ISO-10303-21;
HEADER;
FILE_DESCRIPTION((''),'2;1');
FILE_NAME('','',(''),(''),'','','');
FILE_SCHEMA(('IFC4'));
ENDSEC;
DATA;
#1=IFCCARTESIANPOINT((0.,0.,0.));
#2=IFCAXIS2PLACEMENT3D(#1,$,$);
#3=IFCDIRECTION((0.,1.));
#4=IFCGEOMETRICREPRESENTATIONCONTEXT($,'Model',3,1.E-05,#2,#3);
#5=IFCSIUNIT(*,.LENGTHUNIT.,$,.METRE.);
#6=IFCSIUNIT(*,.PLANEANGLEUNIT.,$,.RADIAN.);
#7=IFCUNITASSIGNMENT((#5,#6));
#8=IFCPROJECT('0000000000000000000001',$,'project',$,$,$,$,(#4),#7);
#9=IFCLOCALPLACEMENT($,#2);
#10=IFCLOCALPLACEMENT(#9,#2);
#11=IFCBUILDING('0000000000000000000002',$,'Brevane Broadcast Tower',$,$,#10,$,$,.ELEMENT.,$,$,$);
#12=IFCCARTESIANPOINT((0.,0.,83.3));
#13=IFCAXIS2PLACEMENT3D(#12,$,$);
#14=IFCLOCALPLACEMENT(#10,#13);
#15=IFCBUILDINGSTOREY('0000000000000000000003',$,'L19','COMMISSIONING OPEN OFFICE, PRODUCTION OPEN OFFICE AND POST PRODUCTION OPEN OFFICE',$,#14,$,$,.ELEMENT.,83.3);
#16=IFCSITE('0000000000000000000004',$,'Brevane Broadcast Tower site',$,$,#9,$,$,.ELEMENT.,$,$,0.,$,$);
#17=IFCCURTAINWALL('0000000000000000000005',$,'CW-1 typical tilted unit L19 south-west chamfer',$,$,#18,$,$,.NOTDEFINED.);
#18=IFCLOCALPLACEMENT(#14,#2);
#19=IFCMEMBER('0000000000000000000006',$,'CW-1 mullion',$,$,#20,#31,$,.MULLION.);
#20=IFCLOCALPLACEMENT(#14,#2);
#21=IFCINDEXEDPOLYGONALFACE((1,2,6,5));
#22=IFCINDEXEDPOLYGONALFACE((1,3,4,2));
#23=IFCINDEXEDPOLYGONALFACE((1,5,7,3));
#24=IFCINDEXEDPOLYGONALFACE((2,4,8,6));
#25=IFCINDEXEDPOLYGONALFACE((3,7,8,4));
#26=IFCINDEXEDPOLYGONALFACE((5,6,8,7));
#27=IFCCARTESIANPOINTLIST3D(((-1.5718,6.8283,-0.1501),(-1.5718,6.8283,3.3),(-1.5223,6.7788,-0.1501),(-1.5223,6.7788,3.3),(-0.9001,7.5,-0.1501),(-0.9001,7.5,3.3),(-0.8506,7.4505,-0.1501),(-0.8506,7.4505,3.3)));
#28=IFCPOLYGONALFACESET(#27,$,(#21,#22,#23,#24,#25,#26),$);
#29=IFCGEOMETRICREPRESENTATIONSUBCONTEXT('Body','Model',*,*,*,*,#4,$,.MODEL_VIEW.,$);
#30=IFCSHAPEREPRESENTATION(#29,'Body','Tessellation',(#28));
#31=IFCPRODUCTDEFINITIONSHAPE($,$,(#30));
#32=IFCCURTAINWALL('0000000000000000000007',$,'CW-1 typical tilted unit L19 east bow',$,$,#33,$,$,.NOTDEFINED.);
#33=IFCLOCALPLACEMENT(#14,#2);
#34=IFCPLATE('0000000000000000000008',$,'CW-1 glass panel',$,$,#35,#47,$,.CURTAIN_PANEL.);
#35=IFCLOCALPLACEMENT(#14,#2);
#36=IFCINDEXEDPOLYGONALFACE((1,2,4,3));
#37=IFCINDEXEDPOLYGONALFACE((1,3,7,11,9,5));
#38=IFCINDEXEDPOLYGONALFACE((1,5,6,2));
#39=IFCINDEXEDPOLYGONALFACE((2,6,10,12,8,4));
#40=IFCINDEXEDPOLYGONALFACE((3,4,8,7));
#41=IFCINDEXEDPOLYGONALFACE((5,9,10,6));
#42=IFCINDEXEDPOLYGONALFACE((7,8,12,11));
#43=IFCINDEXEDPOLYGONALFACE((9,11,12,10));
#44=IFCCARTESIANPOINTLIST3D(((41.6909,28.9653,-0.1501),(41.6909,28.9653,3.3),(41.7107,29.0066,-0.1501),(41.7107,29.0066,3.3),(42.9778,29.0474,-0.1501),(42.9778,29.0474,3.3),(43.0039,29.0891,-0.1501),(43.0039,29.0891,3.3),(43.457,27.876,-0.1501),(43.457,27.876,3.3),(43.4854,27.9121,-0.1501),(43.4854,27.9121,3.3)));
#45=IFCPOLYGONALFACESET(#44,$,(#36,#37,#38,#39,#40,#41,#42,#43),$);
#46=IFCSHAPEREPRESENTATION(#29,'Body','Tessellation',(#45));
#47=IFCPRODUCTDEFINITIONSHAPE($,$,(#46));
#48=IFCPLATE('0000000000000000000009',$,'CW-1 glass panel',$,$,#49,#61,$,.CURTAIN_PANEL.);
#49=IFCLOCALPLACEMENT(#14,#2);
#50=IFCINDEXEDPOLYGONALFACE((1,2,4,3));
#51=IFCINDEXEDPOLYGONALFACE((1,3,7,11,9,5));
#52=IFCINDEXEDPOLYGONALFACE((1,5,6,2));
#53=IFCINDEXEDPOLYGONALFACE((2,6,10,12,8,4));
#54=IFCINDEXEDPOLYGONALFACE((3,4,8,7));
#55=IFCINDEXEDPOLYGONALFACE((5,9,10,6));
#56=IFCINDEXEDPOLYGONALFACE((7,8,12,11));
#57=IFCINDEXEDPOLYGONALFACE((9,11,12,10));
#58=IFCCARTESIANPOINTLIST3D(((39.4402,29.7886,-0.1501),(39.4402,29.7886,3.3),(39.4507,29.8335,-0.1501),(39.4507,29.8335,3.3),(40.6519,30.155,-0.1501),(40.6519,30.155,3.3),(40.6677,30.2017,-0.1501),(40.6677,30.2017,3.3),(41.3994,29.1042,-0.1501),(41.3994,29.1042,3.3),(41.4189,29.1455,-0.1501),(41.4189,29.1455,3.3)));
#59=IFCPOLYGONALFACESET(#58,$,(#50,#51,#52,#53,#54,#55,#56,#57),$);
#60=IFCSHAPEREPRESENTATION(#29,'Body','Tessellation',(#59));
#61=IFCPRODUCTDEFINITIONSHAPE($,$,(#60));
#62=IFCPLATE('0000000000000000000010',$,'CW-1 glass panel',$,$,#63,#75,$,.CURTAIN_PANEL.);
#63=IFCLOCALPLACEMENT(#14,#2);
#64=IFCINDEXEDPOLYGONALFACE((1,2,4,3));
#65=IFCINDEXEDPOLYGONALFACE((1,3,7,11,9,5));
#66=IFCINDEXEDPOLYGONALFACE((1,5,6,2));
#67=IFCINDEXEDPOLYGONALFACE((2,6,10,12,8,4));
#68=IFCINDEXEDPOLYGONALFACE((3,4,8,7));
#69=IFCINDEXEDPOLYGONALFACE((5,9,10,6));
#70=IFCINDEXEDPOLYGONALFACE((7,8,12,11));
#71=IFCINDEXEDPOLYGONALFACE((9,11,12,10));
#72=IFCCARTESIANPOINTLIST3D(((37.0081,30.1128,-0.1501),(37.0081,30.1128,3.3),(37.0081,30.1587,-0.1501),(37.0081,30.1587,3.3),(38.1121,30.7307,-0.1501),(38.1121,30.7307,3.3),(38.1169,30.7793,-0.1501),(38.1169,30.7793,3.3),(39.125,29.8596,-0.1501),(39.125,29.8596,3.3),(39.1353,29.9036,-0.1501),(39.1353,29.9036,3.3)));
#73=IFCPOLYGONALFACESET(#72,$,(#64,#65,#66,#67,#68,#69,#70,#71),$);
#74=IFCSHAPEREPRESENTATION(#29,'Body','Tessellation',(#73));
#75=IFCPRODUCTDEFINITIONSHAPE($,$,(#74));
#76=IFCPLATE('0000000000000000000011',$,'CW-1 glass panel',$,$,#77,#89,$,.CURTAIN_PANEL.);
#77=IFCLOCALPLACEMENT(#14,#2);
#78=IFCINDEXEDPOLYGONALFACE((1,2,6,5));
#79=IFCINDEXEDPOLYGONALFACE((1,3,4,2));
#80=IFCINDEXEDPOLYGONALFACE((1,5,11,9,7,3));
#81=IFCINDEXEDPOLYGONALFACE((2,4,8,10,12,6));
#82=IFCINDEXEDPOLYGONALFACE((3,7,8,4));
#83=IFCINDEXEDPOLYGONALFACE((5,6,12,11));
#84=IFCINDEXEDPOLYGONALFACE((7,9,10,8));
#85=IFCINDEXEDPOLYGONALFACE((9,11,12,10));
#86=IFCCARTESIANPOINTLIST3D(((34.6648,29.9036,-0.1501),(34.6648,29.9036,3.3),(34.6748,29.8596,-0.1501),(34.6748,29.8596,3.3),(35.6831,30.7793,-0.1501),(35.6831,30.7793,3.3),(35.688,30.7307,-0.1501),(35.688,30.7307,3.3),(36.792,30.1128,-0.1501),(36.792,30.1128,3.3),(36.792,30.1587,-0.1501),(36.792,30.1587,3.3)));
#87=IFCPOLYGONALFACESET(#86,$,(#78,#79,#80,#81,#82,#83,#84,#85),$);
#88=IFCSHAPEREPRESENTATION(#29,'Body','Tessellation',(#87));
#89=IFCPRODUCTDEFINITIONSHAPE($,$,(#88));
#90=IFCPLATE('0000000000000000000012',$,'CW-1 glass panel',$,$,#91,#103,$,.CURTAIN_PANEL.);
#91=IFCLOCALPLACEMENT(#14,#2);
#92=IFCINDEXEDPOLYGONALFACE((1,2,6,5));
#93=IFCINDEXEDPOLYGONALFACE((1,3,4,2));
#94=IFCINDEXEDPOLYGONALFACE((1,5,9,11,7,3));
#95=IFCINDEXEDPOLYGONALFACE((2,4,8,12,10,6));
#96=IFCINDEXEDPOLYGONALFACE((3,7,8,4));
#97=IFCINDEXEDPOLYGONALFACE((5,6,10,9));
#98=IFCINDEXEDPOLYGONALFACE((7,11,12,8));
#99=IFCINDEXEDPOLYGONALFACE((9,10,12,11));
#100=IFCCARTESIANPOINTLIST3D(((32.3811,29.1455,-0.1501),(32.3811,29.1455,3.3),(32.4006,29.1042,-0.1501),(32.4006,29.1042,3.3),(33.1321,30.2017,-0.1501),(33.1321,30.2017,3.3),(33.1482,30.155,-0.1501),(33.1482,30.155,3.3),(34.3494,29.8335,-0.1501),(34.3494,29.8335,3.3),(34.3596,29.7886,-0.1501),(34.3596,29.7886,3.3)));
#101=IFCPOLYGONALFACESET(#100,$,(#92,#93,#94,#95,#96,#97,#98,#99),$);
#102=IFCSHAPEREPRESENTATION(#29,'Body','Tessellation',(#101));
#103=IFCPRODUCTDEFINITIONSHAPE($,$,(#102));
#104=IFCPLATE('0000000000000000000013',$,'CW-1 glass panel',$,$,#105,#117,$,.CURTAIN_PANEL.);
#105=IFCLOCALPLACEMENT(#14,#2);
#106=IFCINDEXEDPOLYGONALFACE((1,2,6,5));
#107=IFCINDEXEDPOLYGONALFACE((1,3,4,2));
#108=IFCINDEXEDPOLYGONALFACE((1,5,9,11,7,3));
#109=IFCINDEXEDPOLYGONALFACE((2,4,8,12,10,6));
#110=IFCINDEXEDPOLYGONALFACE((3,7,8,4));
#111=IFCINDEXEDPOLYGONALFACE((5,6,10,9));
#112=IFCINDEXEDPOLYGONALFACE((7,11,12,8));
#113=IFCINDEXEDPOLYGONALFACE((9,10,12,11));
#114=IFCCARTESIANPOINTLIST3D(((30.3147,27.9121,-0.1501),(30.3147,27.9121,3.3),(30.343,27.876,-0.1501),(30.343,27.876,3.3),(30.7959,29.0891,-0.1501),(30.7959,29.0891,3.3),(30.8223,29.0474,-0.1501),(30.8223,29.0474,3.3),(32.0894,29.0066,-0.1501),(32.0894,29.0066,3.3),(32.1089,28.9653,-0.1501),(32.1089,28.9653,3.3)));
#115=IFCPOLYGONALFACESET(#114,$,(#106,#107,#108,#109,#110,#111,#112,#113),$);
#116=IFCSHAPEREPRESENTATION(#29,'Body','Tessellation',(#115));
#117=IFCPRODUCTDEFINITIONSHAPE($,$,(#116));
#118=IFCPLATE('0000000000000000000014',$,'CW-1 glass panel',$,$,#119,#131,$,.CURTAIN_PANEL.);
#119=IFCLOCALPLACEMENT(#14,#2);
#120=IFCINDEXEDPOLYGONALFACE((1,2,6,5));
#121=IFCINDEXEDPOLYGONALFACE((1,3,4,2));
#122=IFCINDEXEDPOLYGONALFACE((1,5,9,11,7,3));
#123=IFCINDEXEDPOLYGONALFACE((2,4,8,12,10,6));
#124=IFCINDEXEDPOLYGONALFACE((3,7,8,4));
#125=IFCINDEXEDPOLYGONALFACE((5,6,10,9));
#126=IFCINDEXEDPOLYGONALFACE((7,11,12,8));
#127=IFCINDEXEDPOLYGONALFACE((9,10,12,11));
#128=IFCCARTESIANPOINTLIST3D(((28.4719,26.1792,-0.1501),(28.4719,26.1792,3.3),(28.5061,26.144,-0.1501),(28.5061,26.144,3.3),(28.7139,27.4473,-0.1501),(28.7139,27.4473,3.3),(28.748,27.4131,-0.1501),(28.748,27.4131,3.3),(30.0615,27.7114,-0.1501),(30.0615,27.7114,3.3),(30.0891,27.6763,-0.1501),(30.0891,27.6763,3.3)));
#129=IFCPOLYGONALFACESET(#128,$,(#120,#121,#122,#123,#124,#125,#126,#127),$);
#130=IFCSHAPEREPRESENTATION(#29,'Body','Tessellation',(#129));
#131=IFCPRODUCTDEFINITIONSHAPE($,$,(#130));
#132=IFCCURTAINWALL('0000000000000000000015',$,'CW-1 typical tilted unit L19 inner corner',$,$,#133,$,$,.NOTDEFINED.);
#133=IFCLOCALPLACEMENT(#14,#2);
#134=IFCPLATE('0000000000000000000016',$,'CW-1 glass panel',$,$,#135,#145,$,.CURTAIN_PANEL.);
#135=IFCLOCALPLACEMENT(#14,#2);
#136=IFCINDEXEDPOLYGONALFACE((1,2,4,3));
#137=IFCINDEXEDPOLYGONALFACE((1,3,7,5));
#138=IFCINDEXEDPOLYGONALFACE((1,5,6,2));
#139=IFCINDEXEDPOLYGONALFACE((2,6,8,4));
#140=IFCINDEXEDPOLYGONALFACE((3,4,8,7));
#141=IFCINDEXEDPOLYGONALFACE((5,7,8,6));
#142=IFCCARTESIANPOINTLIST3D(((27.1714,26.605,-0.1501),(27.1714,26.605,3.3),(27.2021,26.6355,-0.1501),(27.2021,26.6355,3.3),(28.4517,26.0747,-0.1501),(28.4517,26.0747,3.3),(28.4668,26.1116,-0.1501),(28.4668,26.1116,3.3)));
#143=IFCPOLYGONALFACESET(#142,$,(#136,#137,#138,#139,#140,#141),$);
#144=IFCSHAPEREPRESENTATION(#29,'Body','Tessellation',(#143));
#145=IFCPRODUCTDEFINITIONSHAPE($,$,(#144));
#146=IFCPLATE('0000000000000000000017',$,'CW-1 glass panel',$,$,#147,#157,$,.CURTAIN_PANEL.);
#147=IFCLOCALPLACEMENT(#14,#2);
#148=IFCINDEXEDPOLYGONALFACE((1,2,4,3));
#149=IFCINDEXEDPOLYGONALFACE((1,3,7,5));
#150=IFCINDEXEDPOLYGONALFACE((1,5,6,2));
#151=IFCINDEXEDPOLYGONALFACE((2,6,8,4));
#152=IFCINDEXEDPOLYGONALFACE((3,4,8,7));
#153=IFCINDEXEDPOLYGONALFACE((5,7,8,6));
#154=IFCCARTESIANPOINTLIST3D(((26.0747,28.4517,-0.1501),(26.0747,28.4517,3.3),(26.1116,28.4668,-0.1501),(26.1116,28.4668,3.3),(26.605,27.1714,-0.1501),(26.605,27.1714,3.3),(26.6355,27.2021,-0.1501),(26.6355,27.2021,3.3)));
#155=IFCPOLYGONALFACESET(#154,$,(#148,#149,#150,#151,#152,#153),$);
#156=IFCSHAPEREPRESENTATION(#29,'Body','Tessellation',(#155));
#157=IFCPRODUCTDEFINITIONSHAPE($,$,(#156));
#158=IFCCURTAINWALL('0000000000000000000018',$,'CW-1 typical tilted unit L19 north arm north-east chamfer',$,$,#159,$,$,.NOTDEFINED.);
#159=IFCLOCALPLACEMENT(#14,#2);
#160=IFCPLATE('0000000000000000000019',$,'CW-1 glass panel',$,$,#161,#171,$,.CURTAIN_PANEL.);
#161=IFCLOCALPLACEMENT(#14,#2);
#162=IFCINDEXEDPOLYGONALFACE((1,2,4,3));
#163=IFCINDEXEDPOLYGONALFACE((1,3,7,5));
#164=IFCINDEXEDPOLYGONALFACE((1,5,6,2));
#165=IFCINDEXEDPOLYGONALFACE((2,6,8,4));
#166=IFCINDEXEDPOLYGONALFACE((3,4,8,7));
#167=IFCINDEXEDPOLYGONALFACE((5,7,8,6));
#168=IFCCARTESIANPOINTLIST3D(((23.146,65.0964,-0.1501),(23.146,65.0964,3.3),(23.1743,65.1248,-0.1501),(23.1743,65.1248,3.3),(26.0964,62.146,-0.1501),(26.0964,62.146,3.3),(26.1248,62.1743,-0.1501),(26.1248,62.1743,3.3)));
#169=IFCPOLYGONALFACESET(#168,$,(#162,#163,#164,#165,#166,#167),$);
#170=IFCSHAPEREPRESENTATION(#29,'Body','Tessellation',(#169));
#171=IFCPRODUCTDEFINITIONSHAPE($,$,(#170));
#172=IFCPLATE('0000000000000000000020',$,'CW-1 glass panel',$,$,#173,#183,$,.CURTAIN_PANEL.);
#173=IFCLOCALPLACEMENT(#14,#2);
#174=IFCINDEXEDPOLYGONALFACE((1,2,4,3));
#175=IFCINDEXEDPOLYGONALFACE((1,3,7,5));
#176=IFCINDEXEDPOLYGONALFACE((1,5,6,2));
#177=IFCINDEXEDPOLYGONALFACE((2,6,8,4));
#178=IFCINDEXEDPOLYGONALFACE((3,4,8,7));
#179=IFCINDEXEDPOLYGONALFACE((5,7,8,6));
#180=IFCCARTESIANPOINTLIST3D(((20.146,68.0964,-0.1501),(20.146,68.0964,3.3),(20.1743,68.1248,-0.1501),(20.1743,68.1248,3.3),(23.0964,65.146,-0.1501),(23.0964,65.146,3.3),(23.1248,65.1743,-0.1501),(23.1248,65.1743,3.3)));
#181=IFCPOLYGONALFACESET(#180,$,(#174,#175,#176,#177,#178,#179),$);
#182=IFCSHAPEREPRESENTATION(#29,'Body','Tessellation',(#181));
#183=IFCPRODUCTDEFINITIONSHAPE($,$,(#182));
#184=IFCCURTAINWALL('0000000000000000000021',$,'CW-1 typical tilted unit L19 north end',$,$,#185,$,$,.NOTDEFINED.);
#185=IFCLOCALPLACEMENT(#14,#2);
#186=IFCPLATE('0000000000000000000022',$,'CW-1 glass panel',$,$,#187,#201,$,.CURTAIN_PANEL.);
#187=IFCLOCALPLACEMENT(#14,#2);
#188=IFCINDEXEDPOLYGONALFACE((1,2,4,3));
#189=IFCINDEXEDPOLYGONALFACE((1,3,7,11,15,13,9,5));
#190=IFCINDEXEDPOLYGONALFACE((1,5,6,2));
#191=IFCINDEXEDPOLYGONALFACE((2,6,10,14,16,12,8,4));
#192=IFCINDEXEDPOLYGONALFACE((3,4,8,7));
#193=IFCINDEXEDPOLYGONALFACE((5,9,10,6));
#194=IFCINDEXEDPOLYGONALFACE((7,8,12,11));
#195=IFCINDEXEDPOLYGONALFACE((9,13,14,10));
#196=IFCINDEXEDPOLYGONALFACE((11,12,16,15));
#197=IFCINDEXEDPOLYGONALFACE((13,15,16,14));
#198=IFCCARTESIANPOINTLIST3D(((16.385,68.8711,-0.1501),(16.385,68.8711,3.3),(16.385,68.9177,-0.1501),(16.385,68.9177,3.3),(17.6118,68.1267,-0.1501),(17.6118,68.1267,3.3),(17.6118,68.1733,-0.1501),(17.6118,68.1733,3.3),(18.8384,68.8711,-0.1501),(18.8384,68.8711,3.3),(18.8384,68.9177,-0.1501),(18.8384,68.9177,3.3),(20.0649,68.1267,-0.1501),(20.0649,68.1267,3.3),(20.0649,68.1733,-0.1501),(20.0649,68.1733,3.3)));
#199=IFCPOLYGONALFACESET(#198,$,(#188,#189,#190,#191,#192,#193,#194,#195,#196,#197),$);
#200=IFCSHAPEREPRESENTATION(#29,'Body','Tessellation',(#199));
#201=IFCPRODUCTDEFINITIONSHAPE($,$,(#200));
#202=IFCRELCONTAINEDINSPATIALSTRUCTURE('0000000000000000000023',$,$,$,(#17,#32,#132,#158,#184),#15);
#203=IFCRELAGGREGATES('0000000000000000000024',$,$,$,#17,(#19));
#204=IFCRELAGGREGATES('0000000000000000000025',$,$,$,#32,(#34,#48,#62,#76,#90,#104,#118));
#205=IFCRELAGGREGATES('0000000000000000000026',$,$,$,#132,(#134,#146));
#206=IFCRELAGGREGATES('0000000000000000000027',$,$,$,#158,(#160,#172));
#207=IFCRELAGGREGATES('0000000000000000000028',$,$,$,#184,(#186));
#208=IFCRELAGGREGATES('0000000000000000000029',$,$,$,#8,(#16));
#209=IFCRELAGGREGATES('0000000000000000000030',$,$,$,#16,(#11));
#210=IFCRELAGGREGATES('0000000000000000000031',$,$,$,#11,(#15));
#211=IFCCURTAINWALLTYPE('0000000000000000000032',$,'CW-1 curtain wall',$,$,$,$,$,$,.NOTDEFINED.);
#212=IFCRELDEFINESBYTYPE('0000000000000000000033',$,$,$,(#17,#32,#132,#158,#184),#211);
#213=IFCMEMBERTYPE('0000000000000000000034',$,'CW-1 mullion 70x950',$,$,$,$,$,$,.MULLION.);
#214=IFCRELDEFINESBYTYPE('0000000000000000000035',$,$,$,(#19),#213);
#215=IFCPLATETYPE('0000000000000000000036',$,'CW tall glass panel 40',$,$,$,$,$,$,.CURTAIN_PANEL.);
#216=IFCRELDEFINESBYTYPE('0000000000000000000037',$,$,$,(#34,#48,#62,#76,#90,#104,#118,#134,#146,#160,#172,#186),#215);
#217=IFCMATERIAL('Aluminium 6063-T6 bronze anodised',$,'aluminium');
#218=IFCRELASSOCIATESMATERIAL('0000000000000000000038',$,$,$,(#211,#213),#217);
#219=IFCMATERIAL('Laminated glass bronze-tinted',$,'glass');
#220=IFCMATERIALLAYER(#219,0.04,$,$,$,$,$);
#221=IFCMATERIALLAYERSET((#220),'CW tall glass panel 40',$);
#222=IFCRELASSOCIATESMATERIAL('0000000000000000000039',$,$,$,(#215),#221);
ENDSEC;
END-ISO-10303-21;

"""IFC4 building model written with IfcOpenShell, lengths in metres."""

from ifc_helpers import new_model, si_unit, direction, frame, origin, origin_2d, place, context, subcontext, project, spatial, polyline, rectangle, outline, extrude, material, layer, layer_set, material_profile, profile_set, type_object, element, aggregate, save


model = new_model("IFC4")

# Units and contexts
model_context = context("Model", 3, precision=1e-05, world=origin(), true_north=direction((0.0, 1.0)))
body_context = subcontext(model_context, "Body", "Model", "MODEL_VIEW")
ifc_project = project(units=[si_unit("LENGTHUNIT", "METRE"), si_unit("PLANEANGLEUNIT", "RADIAN")], contexts=[model_context])

# Site, building, storey
site_placement = place(None, origin())
site = spatial("IfcSite", under=ifc_project, at=site_placement, Name="Brevane Broadcast Tower site", CompositionType="ELEMENT", RefElevation=0.0)
building_placement = place(site_placement, origin())
building = spatial("IfcBuilding", under=site, at=building_placement, Name="Brevane Broadcast Tower", CompositionType="ELEMENT")
storey_placement = place(building_placement, frame((0.0, 0.0, 83.3)))
storey = spatial("IfcBuildingStorey", under=building, at=storey_placement, Name="L19", Description="COMMISSIONING OPEN OFFICE, PRODUCTION OPEN OFFICE AND POST PRODUCTION OPEN OFFICE", CompositionType="ELEMENT", Elevation=83.3)

# Curtain wall, member
ifc_material_1 = material(Name="Aluminium 6063-T6 bronze anodised", Category="aluminium")
curtain_wall_type = type_object("IfcCurtainWallType", Name="CW-1 curtain wall", PredefinedType="NOTDEFINED", material=ifc_material_1)
curtain_wall_1_placement = place(storey_placement, origin())
curtain_wall_1 = element("IfcCurtainWall", 1, at=curtain_wall_1_placement, inside=storey, type_object=curtain_wall_type, Name="CW-1 typical tilted unit L19 south-west chamfer", PredefinedType="NOTDEFINED")
ifc_material_profile = material_profile(ifc_material_1, rectangle(XDim=0.95, YDim=0.0701, at=origin_2d()), Name="RECT 70x950")
ifc_profile_set = profile_set([ifc_material_profile], Name="Aluminium 6063-T6 bronze anodised")
member_type = type_object("IfcMemberType", Name="CW-1 mullion 70x950", PredefinedType="MULLION", material=ifc_profile_set)
member_placement = place(storey_placement, frame((-1.2112, 7.1394, -0.1501), z_axis=(0.0, 0.0, 1.0), x_axis=(0.707107, 0.707107, 0.0)))
member = element("IfcMember", 2, at=member_placement, type_object=member_type, Name="CW-1 mullion", PredefinedType="MULLION", context=body_context, shape_type="SweptSolid", body=[
    extrude(rectangle(XDim=0.95, YDim=0.0701, at=origin_2d()), origin(), (0.0, 0.0, 1.0), 3.4502),
])
aggregate(curtain_wall_1, [member])

# Curtain walls, plates
curtain_wall_2_placement = place(storey_placement, origin())
curtain_wall_2 = element("IfcCurtainWall", 3, at=curtain_wall_2_placement, inside=storey, type_object=curtain_wall_type, Name="CW-1 typical tilted unit L19 east bow", PredefinedType="NOTDEFINED")
ifc_material_2 = material(Name="Laminated glass bronze-tinted", Category="glass")
ifc_layer_1 = layer(ifc_material_2, 0.04)
ifc_layer_set_1 = layer_set([ifc_layer_1], Name="CW tall glass panel 40")
plate_type = type_object("IfcPlateType", Name="CW tall glass panel 40", PredefinedType="CURTAIN_PANEL", material=ifc_layer_set_1)
plate_1_placement = place(storey_placement, frame((0.0, 0.0, -0.1501)))
plate_1 = element("IfcPlate", 4, at=plate_1_placement, type_object=plate_type, Name="CW-1 glass panel", PredefinedType="CURTAIN_PANEL", context=body_context, shape_type="SweptSolid", body=[
    extrude(outline(polyline([(43.457, 27.876), (43.4854, 27.9121), (43.0039, 29.0891), (41.7107, 29.0066), (41.6909, 28.9653), (42.9778, 29.0474), (43.457, 27.876)])), origin(), (0.0, 0.0, 1.0), 3.4502),
])
plate_2_placement = place(storey_placement, frame((0.0, 0.0, -0.1501)))
plate_2 = element("IfcPlate", 5, at=plate_2_placement, type_object=plate_type, Name="CW-1 glass panel", PredefinedType="CURTAIN_PANEL", context=body_context, shape_type="SweptSolid", body=[
    extrude(outline(polyline([(41.3994, 29.1042), (41.4189, 29.1455), (40.6677, 30.2017), (39.4507, 29.8335), (39.4402, 29.7886), (40.6519, 30.155), (41.3994, 29.1042)])), origin(), (0.0, 0.0, 1.0), 3.4502),
])
plate_3_placement = place(storey_placement, frame((0.0, 0.0, -0.1501)))
plate_3 = element("IfcPlate", 6, at=plate_3_placement, type_object=plate_type, Name="CW-1 glass panel", PredefinedType="CURTAIN_PANEL", context=body_context, shape_type="SweptSolid", body=[
    extrude(outline(polyline([(39.125, 29.8596), (39.1353, 29.9036), (38.1169, 30.7793), (37.0081, 30.1587), (37.0081, 30.1128), (38.1121, 30.7307), (39.125, 29.8596)])), origin(), (0.0, 0.0, 1.0), 3.4502),
])
plate_4_placement = place(storey_placement, frame((0.0, 0.0, -0.1501)))
plate_4 = element("IfcPlate", 7, at=plate_4_placement, type_object=plate_type, Name="CW-1 glass panel", PredefinedType="CURTAIN_PANEL", context=body_context, shape_type="SweptSolid", body=[
    extrude(outline(polyline([(36.792, 30.1128), (36.792, 30.1587), (35.6831, 30.7793), (34.6648, 29.9036), (34.6748, 29.8596), (35.688, 30.7307), (36.792, 30.1128)])), origin(), (0.0, 0.0, 1.0), 3.4502),
])
plate_5_placement = place(storey_placement, frame((0.0, 0.0, -0.1501)))
plate_5 = element("IfcPlate", 8, at=plate_5_placement, type_object=plate_type, Name="CW-1 glass panel", PredefinedType="CURTAIN_PANEL", context=body_context, shape_type="SweptSolid", body=[
    extrude(outline(polyline([(34.3596, 29.7886), (34.3494, 29.8335), (33.1321, 30.2017), (32.3811, 29.1455), (32.4006, 29.1042), (33.1482, 30.155), (34.3596, 29.7886)])), origin(), (0.0, 0.0, 1.0), 3.4502),
])
plate_6_placement = place(storey_placement, frame((0.0, 0.0, -0.1501)))
plate_6 = element("IfcPlate", 9, at=plate_6_placement, type_object=plate_type, Name="CW-1 glass panel", PredefinedType="CURTAIN_PANEL", context=body_context, shape_type="SweptSolid", body=[
    extrude(outline(polyline([(32.1089, 28.9653), (32.0894, 29.0066), (30.7959, 29.0891), (30.3147, 27.9121), (30.343, 27.876), (30.8223, 29.0474), (32.1089, 28.9653)])), origin(), (0.0, 0.0, 1.0), 3.4502),
])
plate_7_placement = place(storey_placement, frame((0.0, 0.0, -0.1501)))
plate_7 = element("IfcPlate", 10, at=plate_7_placement, type_object=plate_type, Name="CW-1 glass panel", PredefinedType="CURTAIN_PANEL", context=body_context, shape_type="SweptSolid", body=[
    extrude(outline(polyline([(30.0891, 27.6763), (30.0615, 27.7114), (28.7139, 27.4473), (28.4719, 26.1792), (28.5061, 26.144), (28.748, 27.4131), (30.0891, 27.6763)])), origin(), (0.0, 0.0, 1.0), 3.4502),
])
aggregate(curtain_wall_2, [plate_1, plate_2, plate_3, plate_4, plate_5, plate_6, plate_7])
curtain_wall_3_placement = place(storey_placement, origin())
curtain_wall_3 = element("IfcCurtainWall", 11, at=curtain_wall_3_placement, inside=storey, type_object=curtain_wall_type, Name="CW-1 typical tilted unit L19 inner corner", PredefinedType="NOTDEFINED")
plate_8_placement = place(storey_placement, frame((0.0, 0.0, -0.1501)))
plate_8 = element("IfcPlate", 12, at=plate_8_placement, type_object=plate_type, Name="CW-1 glass panel", PredefinedType="CURTAIN_PANEL", context=body_context, shape_type="SweptSolid", body=[
    extrude(outline(polyline([(28.4517, 26.0747), (28.4668, 26.1116), (27.2021, 26.6355), (27.1714, 26.605), (28.4517, 26.0747)])), origin(), (0.0, 0.0, 1.0), 3.4502),
])
plate_9_placement = place(storey_placement, frame((0.0, 0.0, -0.1501)))
plate_9 = element("IfcPlate", 13, at=plate_9_placement, type_object=plate_type, Name="CW-1 glass panel", PredefinedType="CURTAIN_PANEL", context=body_context, shape_type="SweptSolid", body=[
    extrude(outline(polyline([(26.605, 27.1714), (26.6355, 27.2021), (26.1116, 28.4668), (26.0747, 28.4517), (26.605, 27.1714)])), origin(), (0.0, 0.0, 1.0), 3.4502),
])
aggregate(curtain_wall_3, [plate_8, plate_9])
curtain_wall_4_placement = place(storey_placement, origin())
curtain_wall_4 = element("IfcCurtainWall", 14, at=curtain_wall_4_placement, inside=storey, type_object=curtain_wall_type, Name="CW-1 typical tilted unit L19 north arm north-east chamfer", PredefinedType="NOTDEFINED")
plate_10_placement = place(storey_placement, frame((0.0, 0.0, -0.1501)))
plate_10 = element("IfcPlate", 15, at=plate_10_placement, type_object=plate_type, Name="CW-1 glass panel", PredefinedType="CURTAIN_PANEL", context=body_context, shape_type="SweptSolid", body=[
    extrude(outline(polyline([(26.0964, 62.146), (23.146, 65.0964), (23.1743, 65.1248), (26.1248, 62.1743), (26.0964, 62.146)])), origin(), (0.0, 0.0, 1.0), 3.4502),
])
plate_11_placement = place(storey_placement, frame((0.0, 0.0, -0.1501)))
plate_11 = element("IfcPlate", 16, at=plate_11_placement, type_object=plate_type, Name="CW-1 glass panel", PredefinedType="CURTAIN_PANEL", context=body_context, shape_type="SweptSolid", body=[
    extrude(outline(polyline([(23.0964, 65.146), (20.146, 68.0964), (20.1743, 68.1248), (23.1248, 65.1743), (23.0964, 65.146)])), origin(), (0.0, 0.0, 1.0), 3.4502),
])
aggregate(curtain_wall_4, [plate_10, plate_11])
curtain_wall_5_placement = place(storey_placement, origin())
curtain_wall_5 = element("IfcCurtainWall", 17, at=curtain_wall_5_placement, inside=storey, type_object=curtain_wall_type, Name="CW-1 typical tilted unit L19 north end", PredefinedType="NOTDEFINED")
plate_12_placement = place(storey_placement, frame((0.0, 0.0, -0.1501)))
plate_12 = element("IfcPlate", 18, at=plate_12_placement, type_object=plate_type, Name="CW-1 glass panel", PredefinedType="CURTAIN_PANEL", context=body_context, shape_type="SweptSolid", body=[
    extrude(outline(polyline([(20.0649, 68.1267), (20.0649, 68.1733), (18.8384, 68.9177), (17.6118, 68.1733), (16.385, 68.9177), (16.385, 68.8711), (17.6118, 68.1267), (18.8384, 68.8711), (20.0649, 68.1267)])), origin(), (0.0, 0.0, 1.0), 3.4502),
])
aggregate(curtain_wall_5, [plate_12])

save(model, "model.ifc")
